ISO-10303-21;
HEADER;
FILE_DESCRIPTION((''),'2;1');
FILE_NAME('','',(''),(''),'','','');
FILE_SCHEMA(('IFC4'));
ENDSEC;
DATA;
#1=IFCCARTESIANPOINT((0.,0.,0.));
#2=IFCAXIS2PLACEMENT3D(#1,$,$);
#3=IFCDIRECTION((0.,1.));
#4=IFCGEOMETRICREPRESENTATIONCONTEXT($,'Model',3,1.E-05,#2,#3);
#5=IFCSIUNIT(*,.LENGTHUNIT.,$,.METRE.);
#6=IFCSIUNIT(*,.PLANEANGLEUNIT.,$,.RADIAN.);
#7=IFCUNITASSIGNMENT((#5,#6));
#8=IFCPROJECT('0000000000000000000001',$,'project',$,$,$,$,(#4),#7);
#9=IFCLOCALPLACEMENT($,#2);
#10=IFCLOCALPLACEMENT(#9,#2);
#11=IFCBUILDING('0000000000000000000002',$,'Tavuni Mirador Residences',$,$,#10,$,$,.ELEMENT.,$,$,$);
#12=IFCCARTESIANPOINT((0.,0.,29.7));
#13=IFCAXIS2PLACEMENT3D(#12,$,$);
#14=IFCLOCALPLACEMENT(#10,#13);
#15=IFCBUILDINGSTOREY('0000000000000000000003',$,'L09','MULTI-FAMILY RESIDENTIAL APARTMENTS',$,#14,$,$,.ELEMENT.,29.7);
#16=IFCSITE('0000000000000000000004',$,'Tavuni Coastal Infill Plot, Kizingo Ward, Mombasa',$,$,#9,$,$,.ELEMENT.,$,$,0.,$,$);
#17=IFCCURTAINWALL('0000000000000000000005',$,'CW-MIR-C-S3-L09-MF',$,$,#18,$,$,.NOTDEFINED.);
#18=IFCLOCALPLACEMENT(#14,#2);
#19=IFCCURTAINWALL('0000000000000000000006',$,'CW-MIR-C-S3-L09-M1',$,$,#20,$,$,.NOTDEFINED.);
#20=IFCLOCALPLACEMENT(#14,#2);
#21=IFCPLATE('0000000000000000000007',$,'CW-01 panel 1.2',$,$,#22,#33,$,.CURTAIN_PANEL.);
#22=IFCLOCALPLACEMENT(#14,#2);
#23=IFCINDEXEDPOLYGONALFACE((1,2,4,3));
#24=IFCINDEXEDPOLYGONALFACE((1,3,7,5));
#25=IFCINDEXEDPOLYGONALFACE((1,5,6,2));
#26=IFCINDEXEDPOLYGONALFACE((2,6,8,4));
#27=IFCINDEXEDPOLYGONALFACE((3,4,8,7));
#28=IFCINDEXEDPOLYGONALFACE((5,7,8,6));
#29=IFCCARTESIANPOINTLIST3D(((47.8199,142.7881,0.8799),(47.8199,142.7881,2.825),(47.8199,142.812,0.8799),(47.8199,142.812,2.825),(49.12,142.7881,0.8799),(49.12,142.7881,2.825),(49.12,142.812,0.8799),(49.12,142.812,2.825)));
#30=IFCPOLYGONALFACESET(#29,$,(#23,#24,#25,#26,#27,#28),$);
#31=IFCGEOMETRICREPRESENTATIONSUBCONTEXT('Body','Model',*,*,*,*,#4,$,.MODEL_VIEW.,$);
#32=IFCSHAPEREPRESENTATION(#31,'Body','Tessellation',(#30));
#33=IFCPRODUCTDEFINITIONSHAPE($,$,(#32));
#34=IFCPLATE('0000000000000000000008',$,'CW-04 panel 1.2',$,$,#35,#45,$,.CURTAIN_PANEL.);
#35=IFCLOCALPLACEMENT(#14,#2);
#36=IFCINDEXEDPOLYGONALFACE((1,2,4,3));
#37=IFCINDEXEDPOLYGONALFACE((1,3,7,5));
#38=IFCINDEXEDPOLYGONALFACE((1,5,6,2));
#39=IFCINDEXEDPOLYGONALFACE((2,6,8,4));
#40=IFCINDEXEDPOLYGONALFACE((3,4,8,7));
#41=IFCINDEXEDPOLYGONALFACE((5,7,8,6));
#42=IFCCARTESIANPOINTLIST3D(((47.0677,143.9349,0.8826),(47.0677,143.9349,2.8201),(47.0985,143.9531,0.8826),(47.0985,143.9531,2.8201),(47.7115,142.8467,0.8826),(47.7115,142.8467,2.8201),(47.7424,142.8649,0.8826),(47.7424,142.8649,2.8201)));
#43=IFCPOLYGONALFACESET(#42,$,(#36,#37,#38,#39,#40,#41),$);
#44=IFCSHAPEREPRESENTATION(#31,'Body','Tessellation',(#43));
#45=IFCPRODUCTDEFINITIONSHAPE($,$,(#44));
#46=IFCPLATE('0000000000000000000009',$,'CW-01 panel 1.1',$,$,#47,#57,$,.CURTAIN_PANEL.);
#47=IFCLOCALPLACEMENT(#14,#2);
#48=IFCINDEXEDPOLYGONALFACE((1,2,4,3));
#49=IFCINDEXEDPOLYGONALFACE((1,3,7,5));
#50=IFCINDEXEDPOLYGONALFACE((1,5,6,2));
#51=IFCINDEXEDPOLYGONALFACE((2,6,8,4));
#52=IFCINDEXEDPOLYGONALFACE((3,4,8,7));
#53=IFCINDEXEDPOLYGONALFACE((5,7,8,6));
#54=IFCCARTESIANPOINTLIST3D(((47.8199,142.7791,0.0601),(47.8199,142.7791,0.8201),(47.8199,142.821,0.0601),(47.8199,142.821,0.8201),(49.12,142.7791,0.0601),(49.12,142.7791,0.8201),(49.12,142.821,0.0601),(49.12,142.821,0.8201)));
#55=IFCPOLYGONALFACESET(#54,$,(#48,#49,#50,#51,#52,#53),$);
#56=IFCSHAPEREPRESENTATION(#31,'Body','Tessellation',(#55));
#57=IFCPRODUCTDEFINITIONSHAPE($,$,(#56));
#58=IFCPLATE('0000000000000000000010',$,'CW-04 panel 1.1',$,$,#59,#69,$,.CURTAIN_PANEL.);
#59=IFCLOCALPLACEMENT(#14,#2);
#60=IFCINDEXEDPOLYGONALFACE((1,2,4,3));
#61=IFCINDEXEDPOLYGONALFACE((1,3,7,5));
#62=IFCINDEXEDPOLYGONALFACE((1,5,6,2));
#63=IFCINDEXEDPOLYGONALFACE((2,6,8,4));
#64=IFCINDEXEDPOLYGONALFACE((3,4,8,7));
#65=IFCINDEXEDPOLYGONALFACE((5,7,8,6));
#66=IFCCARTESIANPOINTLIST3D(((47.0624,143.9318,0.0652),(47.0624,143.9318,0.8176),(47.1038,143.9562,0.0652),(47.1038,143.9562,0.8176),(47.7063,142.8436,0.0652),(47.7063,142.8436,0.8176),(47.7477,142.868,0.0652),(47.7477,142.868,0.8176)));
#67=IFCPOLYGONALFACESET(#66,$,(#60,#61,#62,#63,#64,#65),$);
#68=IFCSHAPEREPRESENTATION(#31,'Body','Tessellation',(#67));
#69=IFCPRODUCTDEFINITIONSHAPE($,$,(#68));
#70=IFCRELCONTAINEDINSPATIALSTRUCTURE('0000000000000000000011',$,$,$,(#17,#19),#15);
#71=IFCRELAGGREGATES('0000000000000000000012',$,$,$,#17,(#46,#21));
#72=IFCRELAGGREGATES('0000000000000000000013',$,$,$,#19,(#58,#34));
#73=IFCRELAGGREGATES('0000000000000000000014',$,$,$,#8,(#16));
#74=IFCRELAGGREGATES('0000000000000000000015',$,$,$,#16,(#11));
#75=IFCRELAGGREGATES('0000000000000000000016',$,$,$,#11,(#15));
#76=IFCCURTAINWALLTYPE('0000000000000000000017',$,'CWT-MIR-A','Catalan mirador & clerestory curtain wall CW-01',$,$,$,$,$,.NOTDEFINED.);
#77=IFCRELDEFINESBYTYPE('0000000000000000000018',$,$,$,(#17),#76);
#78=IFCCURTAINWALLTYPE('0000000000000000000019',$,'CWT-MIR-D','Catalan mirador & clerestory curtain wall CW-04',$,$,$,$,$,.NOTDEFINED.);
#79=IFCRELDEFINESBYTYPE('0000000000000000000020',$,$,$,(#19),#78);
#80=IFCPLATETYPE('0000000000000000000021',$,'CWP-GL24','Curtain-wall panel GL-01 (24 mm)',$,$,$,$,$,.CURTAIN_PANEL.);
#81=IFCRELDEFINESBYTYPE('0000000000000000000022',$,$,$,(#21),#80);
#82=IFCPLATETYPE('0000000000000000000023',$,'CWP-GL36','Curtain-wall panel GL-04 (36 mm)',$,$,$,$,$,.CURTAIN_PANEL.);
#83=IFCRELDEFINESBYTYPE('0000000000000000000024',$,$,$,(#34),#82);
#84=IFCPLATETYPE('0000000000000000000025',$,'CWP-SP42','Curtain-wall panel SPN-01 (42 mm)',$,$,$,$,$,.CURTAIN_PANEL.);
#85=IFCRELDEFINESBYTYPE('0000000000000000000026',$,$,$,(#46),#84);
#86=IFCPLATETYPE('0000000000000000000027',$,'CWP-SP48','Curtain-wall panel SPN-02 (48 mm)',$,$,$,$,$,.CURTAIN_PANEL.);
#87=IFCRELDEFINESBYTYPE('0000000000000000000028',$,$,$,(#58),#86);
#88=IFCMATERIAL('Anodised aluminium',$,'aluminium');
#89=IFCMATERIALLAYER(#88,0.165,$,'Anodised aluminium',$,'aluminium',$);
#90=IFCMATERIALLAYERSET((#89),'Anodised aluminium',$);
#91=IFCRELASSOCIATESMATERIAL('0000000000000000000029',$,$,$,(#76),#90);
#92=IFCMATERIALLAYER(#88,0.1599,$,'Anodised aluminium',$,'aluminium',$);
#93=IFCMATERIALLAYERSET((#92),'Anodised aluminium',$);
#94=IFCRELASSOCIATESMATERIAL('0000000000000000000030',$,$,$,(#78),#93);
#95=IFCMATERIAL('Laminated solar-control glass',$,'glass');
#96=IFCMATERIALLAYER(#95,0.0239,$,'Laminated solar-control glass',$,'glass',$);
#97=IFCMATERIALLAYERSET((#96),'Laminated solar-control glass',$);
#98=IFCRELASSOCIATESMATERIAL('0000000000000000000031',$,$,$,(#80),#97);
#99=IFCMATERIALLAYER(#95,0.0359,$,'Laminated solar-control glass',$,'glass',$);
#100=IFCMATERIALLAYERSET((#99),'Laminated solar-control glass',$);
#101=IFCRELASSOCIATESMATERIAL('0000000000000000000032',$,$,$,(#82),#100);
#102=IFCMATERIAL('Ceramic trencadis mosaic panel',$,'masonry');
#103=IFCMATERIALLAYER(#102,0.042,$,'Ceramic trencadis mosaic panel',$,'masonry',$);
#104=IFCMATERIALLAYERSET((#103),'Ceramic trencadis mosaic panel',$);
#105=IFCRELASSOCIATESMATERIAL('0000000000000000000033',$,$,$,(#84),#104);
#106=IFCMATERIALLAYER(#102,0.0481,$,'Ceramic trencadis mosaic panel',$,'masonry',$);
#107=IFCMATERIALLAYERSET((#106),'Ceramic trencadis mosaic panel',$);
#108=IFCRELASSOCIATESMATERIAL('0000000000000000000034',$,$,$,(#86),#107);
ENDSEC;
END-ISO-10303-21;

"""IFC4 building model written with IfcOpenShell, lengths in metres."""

from ifc_helpers import new_model, si_unit, direction, frame, origin, origin_2d, place, context, subcontext, project, spatial, rectangle, extrude, material, layer, layer_set, type_object, element, aggregate, save


model = new_model("IFC4")

# Units and contexts
model_context = context("Model", 3, precision=1e-05, world=origin(), true_north=direction((0.0, 1.0)))
body_context = subcontext(model_context, "Body", "Model", "MODEL_VIEW")
ifc_project = project(units=[si_unit("LENGTHUNIT", "METRE"), si_unit("PLANEANGLEUNIT", "RADIAN")], contexts=[model_context])

# Site, building, storey
site_placement = place(None, origin())
site = spatial("IfcSite", under=ifc_project, at=site_placement, Name="Tavuni Coastal Infill Plot, Kizingo Ward, Mombasa", CompositionType="ELEMENT", RefElevation=0.0)
building_placement = place(site_placement, origin())
building = spatial("IfcBuilding", under=site, at=building_placement, Name="Tavuni Mirador Residences", CompositionType="ELEMENT")
storey_placement = place(building_placement, frame((0.0, 0.0, 29.7)))
storey = spatial("IfcBuildingStorey", under=building, at=storey_placement, Name="L09", Description="MULTI-FAMILY RESIDENTIAL APARTMENTS", CompositionType="ELEMENT", Elevation=29.7)

# Curtain wall
ifc_material_1 = material(Name="Anodised aluminium", Category="aluminium")
ifc_layer_1 = layer(ifc_material_1, 0.165, Name="Anodised aluminium", Category="aluminium")
ifc_layer_set_1 = layer_set([ifc_layer_1], Name="Anodised aluminium")
curtain_wall_type_1 = type_object("IfcCurtainWallType", Name="CWT-MIR-A", Description="Catalan mirador & clerestory curtain wall CW-01", PredefinedType="NOTDEFINED", material=ifc_layer_set_1)
curtain_wall_1_placement = place(storey_placement, origin())
curtain_wall_1 = element("IfcCurtainWall", 1, at=curtain_wall_1_placement, inside=storey, type_object=curtain_wall_type_1, Name="CW-MIR-C-S3-L09-MF", PredefinedType="NOTDEFINED")

# Curtain wall
ifc_layer_2 = layer(ifc_material_1, 0.1599, Name="Anodised aluminium", Category="aluminium")
ifc_layer_set_2 = layer_set([ifc_layer_2], Name="Anodised aluminium")
curtain_wall_type_2 = type_object("IfcCurtainWallType", Name="CWT-MIR-D", Description="Catalan mirador & clerestory curtain wall CW-04", PredefinedType="NOTDEFINED", material=ifc_layer_set_2)
curtain_wall_2_placement = place(storey_placement, origin())
curtain_wall_2 = element("IfcCurtainWall", 2, at=curtain_wall_2_placement, inside=storey, type_object=curtain_wall_type_2, Name="CW-MIR-C-S3-L09-M1", PredefinedType="NOTDEFINED")

# Plates
ifc_material_2 = material(Name="Laminated solar-control glass", Category="glass")
ifc_layer_3 = layer(ifc_material_2, 0.0239, Name="Laminated solar-control glass", Category="glass")
ifc_layer_set_3 = layer_set([ifc_layer_3], Name="Laminated solar-control glass")
plate_type_1 = type_object("IfcPlateType", Name="CWP-GL24", Description="Curtain-wall panel GL-01 (24 mm)", PredefinedType="CURTAIN_PANEL", material=ifc_layer_set_3)
plate_1_placement = place(storey_placement, frame((48.47, 142.8, 0.8799), z_axis=(0.0, 0.0, 1.0), x_axis=(1.0, 0.0, 0.0)))
plate_1 = element("IfcPlate", 3, at=plate_1_placement, type_object=plate_type_1, Name="CW-01 panel 1.2", PredefinedType="CURTAIN_PANEL", context=body_context, shape_type="SweptSolid", body=[
    extrude(rectangle(XDim=1.3, YDim=0.0239, at=origin_2d()), origin(), (0.0, 0.0, 1.0), 1.9451),
])
ifc_layer_4 = layer(ifc_material_2, 0.0359, Name="Laminated solar-control glass", Category="glass")
ifc_layer_set_4 = layer_set([ifc_layer_4], Name="Laminated solar-control glass")
plate_type_2 = type_object("IfcPlateType", Name="CWP-GL36", Description="Curtain-wall panel GL-04 (36 mm)", PredefinedType="CURTAIN_PANEL", material=ifc_layer_set_4)
plate_2_placement = place(storey_placement, frame((47.405, 143.3999, 0.8826), z_axis=(0.0, 0.0, 1.0), x_axis=(0.509212, -0.860641, 0.0)))
plate_2 = element("IfcPlate", 4, at=plate_2_placement, type_object=plate_type_2, Name="CW-04 panel 1.2", PredefinedType="CURTAIN_PANEL", context=body_context, shape_type="SweptSolid", body=[
    extrude(rectangle(XDim=1.2644, YDim=0.0359, at=origin_2d()), origin(), (0.0, 0.0, 1.0), 1.9375),
])
ifc_material_3 = material(Name="Ceramic trencadis mosaic panel", Category="masonry")
ifc_layer_5 = layer(ifc_material_3, 0.042, Name="Ceramic trencadis mosaic panel", Category="masonry")
ifc_layer_set_5 = layer_set([ifc_layer_5], Name="Ceramic trencadis mosaic panel")
plate_type_3 = type_object("IfcPlateType", Name="CWP-SP42", Description="Curtain-wall panel SPN-01 (42 mm)", PredefinedType="CURTAIN_PANEL", material=ifc_layer_set_5)
plate_3_placement = place(storey_placement, frame((48.47, 142.8, 0.0601), z_axis=(0.0, 0.0, 1.0), x_axis=(1.0, 0.0, 0.0)))
plate_3 = element("IfcPlate", 5, at=plate_3_placement, type_object=plate_type_3, Name="CW-01 panel 1.1", PredefinedType="CURTAIN_PANEL", context=body_context, shape_type="SweptSolid", body=[
    extrude(rectangle(XDim=1.3, YDim=0.042, at=origin_2d()), origin(), (0.0, 0.0, 1.0), 0.76),
])
aggregate(curtain_wall_1, [plate_3, plate_1])
ifc_layer_6 = layer(ifc_material_3, 0.0481, Name="Ceramic trencadis mosaic panel", Category="masonry")
ifc_layer_set_6 = layer_set([ifc_layer_6], Name="Ceramic trencadis mosaic panel")
plate_type_4 = type_object("IfcPlateType", Name="CWP-SP48", Description="Curtain-wall panel SPN-02 (48 mm)", PredefinedType="CURTAIN_PANEL", material=ifc_layer_set_6)
plate_4_placement = place(storey_placement, frame((47.405, 143.3999, 0.0652), z_axis=(0.0, 0.0, 1.0), x_axis=(0.509212, -0.860641, 0.0)))
plate_4 = element("IfcPlate", 6, at=plate_4_placement, type_object=plate_type_4, Name="CW-04 panel 1.1", PredefinedType="CURTAIN_PANEL", context=body_context, shape_type="SweptSolid", body=[
    extrude(rectangle(XDim=1.2644, YDim=0.0481, at=origin_2d()), origin(), (0.0, 0.0, 1.0), 0.7524),
])
aggregate(curtain_wall_2, [plate_4, plate_2])

save(model, "model.ifc")
